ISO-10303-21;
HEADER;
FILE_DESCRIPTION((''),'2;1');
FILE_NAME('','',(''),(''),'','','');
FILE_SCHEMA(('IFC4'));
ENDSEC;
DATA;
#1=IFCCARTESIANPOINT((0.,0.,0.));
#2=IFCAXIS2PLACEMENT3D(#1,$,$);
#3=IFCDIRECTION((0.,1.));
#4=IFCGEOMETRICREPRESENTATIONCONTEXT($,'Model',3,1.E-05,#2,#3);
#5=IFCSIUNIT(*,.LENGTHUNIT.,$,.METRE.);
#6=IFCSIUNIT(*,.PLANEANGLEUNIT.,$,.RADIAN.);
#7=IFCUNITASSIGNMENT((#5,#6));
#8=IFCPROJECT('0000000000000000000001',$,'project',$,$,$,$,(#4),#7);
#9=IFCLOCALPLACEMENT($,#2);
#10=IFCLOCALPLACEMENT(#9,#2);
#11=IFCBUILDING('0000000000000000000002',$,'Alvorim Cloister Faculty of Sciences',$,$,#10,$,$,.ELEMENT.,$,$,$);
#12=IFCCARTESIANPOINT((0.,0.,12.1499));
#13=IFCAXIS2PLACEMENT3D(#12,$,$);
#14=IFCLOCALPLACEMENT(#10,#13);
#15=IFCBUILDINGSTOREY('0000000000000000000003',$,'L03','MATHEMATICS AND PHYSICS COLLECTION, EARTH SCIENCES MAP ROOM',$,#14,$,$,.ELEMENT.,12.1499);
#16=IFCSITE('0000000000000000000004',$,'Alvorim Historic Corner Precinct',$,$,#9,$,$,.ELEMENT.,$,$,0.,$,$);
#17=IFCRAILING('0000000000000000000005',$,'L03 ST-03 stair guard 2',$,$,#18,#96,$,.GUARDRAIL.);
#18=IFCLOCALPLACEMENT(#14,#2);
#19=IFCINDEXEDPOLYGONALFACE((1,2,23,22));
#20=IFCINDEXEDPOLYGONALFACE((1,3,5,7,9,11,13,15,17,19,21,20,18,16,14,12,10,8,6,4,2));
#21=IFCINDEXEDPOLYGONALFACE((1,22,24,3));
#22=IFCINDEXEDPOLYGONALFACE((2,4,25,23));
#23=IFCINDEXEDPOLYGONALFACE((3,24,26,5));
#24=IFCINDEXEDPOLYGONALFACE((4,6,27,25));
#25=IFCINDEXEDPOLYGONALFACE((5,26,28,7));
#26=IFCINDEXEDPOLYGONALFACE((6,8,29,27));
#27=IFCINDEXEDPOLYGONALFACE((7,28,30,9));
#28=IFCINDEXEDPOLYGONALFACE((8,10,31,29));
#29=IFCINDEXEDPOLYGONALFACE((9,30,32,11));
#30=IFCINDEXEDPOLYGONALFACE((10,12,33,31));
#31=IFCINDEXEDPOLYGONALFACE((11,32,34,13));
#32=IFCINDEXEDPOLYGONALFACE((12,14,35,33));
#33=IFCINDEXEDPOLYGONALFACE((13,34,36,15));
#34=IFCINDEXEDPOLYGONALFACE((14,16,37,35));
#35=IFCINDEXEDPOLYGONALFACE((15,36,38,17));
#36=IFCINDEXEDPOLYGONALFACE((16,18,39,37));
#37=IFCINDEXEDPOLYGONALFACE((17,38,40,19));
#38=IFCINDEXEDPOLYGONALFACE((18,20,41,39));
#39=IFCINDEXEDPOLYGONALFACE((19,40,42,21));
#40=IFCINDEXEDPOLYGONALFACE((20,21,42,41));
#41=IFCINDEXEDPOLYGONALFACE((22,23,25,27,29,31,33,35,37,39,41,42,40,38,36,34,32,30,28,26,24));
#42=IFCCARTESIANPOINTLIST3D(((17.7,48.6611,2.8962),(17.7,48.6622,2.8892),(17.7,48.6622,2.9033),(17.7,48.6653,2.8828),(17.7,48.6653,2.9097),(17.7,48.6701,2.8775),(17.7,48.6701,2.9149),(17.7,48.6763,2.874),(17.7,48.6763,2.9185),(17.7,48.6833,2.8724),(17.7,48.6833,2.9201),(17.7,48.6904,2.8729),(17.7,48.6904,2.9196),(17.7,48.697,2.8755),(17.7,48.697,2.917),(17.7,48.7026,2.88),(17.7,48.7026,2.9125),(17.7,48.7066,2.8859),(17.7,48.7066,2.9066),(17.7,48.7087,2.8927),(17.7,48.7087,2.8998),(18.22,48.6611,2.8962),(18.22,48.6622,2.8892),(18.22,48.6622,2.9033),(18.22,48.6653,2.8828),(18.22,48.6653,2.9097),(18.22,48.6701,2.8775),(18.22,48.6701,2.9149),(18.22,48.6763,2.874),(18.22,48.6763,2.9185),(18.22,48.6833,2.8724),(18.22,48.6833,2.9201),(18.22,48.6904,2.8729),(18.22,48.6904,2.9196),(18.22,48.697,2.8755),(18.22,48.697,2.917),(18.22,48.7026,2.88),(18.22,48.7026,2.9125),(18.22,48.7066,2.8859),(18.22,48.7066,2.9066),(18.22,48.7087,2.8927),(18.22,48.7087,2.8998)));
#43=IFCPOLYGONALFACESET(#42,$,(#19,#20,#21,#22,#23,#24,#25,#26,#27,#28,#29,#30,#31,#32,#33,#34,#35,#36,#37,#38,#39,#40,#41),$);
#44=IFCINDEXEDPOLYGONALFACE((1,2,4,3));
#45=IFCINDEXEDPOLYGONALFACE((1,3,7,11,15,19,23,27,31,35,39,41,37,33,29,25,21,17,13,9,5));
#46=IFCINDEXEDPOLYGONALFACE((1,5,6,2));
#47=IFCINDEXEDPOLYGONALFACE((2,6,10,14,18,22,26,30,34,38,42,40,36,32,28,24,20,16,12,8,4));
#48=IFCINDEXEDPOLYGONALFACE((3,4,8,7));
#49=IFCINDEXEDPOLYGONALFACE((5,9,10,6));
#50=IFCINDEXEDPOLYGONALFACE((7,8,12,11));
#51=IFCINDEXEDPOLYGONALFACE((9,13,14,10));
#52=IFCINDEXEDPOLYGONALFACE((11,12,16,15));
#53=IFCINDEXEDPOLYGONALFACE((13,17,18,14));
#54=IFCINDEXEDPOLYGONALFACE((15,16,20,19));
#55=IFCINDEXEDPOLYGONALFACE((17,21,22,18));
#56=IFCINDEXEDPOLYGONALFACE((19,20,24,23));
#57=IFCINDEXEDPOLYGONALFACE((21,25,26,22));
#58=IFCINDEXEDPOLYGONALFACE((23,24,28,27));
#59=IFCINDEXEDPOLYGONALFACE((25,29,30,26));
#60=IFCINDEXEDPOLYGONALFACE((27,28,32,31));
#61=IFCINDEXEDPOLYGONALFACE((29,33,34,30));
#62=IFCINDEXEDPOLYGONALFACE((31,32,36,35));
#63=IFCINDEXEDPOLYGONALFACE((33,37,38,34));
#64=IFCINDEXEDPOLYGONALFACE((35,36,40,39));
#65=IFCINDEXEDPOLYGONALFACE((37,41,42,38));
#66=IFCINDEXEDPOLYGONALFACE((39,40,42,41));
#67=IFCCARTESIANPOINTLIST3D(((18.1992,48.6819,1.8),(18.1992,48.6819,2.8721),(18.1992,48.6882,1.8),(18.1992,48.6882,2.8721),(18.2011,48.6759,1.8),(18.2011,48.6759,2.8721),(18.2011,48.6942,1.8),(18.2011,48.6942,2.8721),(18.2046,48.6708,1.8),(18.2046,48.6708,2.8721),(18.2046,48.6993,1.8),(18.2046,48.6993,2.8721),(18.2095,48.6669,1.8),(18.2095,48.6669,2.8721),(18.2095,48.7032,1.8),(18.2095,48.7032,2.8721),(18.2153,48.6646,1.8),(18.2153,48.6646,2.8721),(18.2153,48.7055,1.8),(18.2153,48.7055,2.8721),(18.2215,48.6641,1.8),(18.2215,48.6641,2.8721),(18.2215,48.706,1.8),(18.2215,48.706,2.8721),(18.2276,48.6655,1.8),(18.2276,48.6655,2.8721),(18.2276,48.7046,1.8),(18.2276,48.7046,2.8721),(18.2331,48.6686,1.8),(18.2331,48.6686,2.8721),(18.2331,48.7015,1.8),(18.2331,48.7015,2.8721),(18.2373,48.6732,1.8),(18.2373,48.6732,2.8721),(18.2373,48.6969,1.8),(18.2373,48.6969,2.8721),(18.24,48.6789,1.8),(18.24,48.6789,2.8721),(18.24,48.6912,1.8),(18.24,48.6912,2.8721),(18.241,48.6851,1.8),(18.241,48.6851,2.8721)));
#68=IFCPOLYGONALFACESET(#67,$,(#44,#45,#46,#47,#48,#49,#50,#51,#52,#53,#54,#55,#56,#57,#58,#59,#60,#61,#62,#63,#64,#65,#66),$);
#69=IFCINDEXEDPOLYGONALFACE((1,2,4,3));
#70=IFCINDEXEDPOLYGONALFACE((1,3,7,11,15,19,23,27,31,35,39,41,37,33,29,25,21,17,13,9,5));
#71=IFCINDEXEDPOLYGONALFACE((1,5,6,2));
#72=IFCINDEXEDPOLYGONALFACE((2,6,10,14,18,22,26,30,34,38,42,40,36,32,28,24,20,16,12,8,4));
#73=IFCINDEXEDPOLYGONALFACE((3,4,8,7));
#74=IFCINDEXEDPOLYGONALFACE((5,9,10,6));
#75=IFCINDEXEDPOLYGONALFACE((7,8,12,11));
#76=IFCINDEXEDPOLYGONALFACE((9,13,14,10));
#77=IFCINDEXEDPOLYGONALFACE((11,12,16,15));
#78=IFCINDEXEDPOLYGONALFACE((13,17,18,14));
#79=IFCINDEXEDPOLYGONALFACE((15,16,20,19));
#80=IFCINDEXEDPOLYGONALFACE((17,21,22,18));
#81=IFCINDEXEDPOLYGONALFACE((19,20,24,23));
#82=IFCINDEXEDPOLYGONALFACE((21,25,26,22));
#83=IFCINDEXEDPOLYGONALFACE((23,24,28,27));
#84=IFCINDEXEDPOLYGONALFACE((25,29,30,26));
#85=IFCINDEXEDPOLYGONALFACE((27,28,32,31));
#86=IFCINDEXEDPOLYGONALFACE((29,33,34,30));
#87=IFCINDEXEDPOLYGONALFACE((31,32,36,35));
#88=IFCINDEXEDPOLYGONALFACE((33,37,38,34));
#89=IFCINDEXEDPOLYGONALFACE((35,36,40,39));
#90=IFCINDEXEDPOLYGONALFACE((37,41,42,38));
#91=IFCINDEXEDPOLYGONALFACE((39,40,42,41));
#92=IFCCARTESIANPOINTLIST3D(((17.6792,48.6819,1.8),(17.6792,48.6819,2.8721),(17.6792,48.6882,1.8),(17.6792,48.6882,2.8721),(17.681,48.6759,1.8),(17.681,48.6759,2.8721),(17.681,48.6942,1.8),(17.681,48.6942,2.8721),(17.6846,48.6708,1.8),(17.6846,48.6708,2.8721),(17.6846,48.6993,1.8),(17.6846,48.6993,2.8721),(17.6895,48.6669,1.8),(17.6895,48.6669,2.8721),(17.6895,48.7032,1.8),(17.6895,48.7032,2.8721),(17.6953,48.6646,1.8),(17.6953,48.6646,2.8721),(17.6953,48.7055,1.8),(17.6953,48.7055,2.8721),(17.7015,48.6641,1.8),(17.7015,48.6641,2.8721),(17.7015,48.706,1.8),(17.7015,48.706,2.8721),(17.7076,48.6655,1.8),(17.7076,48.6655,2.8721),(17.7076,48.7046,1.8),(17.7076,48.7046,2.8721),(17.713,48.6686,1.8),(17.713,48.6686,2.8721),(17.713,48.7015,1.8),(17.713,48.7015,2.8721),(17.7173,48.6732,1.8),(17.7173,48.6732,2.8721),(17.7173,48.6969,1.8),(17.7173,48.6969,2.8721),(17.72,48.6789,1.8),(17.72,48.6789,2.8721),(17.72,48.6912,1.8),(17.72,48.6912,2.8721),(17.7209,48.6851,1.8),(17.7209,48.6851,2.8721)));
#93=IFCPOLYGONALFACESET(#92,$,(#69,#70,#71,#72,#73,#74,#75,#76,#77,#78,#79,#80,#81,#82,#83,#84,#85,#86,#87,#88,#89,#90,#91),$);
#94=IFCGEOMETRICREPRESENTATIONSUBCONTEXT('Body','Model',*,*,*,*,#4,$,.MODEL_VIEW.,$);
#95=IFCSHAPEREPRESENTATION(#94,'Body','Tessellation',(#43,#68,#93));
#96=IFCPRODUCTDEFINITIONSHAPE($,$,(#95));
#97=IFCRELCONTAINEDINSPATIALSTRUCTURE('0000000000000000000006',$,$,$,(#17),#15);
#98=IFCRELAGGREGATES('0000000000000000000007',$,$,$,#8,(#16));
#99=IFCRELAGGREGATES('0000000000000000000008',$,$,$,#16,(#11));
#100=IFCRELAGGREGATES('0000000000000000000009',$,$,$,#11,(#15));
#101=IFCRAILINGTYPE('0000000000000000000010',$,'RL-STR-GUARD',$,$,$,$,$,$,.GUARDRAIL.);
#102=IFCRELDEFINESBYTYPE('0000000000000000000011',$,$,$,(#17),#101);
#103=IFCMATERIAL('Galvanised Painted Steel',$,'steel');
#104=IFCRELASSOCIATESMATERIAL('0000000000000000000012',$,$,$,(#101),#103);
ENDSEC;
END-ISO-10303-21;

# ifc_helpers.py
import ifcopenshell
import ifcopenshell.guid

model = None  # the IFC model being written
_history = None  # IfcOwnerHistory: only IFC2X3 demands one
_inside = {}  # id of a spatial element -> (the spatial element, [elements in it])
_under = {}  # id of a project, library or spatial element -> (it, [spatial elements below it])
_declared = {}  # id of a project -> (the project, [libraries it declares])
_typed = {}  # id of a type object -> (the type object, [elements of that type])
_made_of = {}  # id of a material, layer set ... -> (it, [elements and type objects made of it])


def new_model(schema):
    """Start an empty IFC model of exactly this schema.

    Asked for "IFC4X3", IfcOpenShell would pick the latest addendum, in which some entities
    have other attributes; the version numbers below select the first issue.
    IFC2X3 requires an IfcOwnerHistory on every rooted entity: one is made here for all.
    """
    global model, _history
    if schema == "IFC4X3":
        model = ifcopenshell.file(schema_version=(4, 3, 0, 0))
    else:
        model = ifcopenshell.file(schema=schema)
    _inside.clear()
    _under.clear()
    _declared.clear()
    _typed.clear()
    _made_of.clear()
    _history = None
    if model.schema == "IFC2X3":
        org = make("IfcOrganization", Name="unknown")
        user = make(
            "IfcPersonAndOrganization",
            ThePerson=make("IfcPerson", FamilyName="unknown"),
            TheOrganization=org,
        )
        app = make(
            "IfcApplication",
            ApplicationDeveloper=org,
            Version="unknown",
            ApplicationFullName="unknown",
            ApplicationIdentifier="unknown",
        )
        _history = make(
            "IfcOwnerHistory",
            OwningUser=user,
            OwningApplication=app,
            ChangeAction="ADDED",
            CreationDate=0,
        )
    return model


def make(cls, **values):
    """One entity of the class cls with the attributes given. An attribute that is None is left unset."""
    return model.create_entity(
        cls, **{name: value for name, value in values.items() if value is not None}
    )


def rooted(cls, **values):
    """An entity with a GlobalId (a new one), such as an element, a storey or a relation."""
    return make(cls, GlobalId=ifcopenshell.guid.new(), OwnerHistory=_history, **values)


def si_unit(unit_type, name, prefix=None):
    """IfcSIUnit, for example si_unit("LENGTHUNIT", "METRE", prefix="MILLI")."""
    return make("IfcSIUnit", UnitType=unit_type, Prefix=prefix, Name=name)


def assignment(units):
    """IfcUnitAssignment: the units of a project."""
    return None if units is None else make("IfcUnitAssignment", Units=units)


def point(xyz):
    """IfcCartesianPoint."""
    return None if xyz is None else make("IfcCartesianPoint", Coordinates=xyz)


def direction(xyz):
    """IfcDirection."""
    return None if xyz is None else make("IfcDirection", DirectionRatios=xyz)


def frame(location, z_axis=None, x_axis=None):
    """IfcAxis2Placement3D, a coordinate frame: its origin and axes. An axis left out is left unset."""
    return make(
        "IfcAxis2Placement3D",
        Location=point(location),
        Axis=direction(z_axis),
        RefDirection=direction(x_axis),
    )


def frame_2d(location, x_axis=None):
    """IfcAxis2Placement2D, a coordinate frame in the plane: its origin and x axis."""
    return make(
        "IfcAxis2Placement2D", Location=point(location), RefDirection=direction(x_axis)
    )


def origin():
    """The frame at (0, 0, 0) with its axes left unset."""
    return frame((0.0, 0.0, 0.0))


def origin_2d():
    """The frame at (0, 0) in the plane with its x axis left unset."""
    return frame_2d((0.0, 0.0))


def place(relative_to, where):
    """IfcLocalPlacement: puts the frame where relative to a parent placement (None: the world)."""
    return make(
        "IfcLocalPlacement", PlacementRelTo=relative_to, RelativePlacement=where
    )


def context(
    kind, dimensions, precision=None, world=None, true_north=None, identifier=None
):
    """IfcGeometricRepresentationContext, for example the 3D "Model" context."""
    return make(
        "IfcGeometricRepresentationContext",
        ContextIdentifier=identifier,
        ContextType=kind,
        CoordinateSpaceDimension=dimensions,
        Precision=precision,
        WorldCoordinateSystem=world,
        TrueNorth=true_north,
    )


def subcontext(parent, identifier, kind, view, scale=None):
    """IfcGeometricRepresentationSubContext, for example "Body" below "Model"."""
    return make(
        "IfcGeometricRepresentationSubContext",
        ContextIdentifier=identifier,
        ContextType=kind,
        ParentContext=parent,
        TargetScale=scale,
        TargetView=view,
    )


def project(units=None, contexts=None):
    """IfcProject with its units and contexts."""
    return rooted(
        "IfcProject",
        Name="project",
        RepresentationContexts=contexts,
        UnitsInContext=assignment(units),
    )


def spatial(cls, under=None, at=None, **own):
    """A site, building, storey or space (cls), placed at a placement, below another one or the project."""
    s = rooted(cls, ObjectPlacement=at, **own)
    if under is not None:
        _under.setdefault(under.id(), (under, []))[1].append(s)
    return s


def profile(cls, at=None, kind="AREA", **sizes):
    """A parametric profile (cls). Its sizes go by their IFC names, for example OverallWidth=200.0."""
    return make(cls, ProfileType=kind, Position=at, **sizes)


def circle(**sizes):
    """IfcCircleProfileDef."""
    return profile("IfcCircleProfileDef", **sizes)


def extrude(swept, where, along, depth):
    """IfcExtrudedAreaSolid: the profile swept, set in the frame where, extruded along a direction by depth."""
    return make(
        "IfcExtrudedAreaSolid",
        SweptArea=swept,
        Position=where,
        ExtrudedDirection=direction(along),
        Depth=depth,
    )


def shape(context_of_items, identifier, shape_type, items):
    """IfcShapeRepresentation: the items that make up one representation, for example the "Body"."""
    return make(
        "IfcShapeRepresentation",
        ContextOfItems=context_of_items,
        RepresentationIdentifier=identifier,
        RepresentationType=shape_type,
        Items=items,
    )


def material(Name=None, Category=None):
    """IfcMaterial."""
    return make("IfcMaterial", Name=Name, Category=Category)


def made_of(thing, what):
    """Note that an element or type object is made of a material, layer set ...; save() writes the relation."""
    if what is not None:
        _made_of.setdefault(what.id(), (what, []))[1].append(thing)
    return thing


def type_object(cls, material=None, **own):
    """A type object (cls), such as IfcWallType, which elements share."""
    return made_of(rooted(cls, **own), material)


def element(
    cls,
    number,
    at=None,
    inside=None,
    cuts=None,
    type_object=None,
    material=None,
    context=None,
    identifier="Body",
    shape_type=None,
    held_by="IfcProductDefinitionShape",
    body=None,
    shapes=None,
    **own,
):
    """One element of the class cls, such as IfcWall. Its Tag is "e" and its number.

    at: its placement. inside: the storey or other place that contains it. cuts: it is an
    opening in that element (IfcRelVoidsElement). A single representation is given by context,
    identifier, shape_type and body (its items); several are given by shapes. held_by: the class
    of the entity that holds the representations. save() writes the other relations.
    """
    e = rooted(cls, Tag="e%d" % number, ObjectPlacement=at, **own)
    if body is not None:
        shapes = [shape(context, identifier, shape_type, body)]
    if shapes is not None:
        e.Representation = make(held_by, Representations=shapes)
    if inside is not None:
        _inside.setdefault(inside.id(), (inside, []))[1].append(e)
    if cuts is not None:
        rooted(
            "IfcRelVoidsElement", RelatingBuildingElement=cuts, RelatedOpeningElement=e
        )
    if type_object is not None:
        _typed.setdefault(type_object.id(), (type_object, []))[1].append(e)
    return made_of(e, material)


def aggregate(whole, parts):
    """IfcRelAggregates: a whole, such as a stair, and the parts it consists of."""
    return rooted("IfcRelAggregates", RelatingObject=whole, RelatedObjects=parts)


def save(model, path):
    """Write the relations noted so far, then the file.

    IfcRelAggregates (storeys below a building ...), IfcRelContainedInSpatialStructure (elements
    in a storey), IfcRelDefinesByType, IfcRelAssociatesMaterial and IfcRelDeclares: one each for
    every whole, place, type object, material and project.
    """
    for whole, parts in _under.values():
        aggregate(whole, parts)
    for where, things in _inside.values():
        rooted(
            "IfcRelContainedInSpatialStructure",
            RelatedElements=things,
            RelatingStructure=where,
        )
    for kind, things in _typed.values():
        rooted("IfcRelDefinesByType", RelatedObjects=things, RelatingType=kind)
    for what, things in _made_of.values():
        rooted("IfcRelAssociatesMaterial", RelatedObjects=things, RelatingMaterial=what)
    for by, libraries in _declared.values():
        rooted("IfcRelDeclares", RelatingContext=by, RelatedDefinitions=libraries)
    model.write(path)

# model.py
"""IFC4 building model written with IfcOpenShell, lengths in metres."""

from ifc_helpers import new_model, si_unit, direction, frame, origin, origin_2d, place, context, subcontext, project, spatial, circle, extrude, material, type_object, element, save


model = new_model("IFC4")

# Units and contexts
model_context = context("Model", 3, precision=1e-05, world=origin(), true_north=direction((0.0, 1.0)))
body_context = subcontext(model_context, "Body", "Model", "MODEL_VIEW")
ifc_project = project(units=[si_unit("LENGTHUNIT", "METRE"), si_unit("PLANEANGLEUNIT", "RADIAN")], contexts=[model_context])

# Site, building, storey
site_placement = place(None, origin())
site = spatial("IfcSite", under=ifc_project, at=site_placement, Name="Alvorim Historic Corner Precinct", CompositionType="ELEMENT", RefElevation=0.0)
building_placement = place(site_placement, origin())
building = spatial("IfcBuilding", under=site, at=building_placement, Name="Alvorim Cloister Faculty of Sciences", CompositionType="ELEMENT")
storey_placement = place(building_placement, frame((0.0, 0.0, 12.1499)))
storey = spatial("IfcBuildingStorey", under=building, at=storey_placement, Name="L03", Description="MATHEMATICS AND PHYSICS COLLECTION, EARTH SCIENCES MAP ROOM", CompositionType="ELEMENT", Elevation=12.1499)

# Railing
ifc_material_1 = material(Name="Galvanised Painted Steel", Category="steel")
railing_type_1 = type_object("IfcRailingType", Name="RL-STR-GUARD", PredefinedType="GUARDRAIL", material=ifc_material_1)
railing_1_placement = place(storey_placement, frame((18.22, 48.6851, 1.8)))
element("IfcRailing", 1, at=railing_1_placement, inside=storey, type_object=railing_type_1, Name="L03 ST-03 stair guard 2", PredefinedType="GUARDRAIL", context=body_context, shape_type="SweptSolid", body=[
    extrude(circle(Radius=0.0239, at=origin_2d()), frame((0.0, 0.0, 1.0962), z_axis=(-1.0, 0.0, 0.0), x_axis=(0.0, -1.0, 0.0)), (0.0, 0.0, 1.0), 0.52),
    extrude(circle(Radius=0.021, at=origin_2d()), origin(), (0.0, 0.0, 1.0), 1.072),
    extrude(circle(Radius=0.021, at=origin_2d()), frame((-0.52, 0.0, 0.0)), (0.0, 0.0, 1.0), 1.072),
])

save(model, "model.ifc")
